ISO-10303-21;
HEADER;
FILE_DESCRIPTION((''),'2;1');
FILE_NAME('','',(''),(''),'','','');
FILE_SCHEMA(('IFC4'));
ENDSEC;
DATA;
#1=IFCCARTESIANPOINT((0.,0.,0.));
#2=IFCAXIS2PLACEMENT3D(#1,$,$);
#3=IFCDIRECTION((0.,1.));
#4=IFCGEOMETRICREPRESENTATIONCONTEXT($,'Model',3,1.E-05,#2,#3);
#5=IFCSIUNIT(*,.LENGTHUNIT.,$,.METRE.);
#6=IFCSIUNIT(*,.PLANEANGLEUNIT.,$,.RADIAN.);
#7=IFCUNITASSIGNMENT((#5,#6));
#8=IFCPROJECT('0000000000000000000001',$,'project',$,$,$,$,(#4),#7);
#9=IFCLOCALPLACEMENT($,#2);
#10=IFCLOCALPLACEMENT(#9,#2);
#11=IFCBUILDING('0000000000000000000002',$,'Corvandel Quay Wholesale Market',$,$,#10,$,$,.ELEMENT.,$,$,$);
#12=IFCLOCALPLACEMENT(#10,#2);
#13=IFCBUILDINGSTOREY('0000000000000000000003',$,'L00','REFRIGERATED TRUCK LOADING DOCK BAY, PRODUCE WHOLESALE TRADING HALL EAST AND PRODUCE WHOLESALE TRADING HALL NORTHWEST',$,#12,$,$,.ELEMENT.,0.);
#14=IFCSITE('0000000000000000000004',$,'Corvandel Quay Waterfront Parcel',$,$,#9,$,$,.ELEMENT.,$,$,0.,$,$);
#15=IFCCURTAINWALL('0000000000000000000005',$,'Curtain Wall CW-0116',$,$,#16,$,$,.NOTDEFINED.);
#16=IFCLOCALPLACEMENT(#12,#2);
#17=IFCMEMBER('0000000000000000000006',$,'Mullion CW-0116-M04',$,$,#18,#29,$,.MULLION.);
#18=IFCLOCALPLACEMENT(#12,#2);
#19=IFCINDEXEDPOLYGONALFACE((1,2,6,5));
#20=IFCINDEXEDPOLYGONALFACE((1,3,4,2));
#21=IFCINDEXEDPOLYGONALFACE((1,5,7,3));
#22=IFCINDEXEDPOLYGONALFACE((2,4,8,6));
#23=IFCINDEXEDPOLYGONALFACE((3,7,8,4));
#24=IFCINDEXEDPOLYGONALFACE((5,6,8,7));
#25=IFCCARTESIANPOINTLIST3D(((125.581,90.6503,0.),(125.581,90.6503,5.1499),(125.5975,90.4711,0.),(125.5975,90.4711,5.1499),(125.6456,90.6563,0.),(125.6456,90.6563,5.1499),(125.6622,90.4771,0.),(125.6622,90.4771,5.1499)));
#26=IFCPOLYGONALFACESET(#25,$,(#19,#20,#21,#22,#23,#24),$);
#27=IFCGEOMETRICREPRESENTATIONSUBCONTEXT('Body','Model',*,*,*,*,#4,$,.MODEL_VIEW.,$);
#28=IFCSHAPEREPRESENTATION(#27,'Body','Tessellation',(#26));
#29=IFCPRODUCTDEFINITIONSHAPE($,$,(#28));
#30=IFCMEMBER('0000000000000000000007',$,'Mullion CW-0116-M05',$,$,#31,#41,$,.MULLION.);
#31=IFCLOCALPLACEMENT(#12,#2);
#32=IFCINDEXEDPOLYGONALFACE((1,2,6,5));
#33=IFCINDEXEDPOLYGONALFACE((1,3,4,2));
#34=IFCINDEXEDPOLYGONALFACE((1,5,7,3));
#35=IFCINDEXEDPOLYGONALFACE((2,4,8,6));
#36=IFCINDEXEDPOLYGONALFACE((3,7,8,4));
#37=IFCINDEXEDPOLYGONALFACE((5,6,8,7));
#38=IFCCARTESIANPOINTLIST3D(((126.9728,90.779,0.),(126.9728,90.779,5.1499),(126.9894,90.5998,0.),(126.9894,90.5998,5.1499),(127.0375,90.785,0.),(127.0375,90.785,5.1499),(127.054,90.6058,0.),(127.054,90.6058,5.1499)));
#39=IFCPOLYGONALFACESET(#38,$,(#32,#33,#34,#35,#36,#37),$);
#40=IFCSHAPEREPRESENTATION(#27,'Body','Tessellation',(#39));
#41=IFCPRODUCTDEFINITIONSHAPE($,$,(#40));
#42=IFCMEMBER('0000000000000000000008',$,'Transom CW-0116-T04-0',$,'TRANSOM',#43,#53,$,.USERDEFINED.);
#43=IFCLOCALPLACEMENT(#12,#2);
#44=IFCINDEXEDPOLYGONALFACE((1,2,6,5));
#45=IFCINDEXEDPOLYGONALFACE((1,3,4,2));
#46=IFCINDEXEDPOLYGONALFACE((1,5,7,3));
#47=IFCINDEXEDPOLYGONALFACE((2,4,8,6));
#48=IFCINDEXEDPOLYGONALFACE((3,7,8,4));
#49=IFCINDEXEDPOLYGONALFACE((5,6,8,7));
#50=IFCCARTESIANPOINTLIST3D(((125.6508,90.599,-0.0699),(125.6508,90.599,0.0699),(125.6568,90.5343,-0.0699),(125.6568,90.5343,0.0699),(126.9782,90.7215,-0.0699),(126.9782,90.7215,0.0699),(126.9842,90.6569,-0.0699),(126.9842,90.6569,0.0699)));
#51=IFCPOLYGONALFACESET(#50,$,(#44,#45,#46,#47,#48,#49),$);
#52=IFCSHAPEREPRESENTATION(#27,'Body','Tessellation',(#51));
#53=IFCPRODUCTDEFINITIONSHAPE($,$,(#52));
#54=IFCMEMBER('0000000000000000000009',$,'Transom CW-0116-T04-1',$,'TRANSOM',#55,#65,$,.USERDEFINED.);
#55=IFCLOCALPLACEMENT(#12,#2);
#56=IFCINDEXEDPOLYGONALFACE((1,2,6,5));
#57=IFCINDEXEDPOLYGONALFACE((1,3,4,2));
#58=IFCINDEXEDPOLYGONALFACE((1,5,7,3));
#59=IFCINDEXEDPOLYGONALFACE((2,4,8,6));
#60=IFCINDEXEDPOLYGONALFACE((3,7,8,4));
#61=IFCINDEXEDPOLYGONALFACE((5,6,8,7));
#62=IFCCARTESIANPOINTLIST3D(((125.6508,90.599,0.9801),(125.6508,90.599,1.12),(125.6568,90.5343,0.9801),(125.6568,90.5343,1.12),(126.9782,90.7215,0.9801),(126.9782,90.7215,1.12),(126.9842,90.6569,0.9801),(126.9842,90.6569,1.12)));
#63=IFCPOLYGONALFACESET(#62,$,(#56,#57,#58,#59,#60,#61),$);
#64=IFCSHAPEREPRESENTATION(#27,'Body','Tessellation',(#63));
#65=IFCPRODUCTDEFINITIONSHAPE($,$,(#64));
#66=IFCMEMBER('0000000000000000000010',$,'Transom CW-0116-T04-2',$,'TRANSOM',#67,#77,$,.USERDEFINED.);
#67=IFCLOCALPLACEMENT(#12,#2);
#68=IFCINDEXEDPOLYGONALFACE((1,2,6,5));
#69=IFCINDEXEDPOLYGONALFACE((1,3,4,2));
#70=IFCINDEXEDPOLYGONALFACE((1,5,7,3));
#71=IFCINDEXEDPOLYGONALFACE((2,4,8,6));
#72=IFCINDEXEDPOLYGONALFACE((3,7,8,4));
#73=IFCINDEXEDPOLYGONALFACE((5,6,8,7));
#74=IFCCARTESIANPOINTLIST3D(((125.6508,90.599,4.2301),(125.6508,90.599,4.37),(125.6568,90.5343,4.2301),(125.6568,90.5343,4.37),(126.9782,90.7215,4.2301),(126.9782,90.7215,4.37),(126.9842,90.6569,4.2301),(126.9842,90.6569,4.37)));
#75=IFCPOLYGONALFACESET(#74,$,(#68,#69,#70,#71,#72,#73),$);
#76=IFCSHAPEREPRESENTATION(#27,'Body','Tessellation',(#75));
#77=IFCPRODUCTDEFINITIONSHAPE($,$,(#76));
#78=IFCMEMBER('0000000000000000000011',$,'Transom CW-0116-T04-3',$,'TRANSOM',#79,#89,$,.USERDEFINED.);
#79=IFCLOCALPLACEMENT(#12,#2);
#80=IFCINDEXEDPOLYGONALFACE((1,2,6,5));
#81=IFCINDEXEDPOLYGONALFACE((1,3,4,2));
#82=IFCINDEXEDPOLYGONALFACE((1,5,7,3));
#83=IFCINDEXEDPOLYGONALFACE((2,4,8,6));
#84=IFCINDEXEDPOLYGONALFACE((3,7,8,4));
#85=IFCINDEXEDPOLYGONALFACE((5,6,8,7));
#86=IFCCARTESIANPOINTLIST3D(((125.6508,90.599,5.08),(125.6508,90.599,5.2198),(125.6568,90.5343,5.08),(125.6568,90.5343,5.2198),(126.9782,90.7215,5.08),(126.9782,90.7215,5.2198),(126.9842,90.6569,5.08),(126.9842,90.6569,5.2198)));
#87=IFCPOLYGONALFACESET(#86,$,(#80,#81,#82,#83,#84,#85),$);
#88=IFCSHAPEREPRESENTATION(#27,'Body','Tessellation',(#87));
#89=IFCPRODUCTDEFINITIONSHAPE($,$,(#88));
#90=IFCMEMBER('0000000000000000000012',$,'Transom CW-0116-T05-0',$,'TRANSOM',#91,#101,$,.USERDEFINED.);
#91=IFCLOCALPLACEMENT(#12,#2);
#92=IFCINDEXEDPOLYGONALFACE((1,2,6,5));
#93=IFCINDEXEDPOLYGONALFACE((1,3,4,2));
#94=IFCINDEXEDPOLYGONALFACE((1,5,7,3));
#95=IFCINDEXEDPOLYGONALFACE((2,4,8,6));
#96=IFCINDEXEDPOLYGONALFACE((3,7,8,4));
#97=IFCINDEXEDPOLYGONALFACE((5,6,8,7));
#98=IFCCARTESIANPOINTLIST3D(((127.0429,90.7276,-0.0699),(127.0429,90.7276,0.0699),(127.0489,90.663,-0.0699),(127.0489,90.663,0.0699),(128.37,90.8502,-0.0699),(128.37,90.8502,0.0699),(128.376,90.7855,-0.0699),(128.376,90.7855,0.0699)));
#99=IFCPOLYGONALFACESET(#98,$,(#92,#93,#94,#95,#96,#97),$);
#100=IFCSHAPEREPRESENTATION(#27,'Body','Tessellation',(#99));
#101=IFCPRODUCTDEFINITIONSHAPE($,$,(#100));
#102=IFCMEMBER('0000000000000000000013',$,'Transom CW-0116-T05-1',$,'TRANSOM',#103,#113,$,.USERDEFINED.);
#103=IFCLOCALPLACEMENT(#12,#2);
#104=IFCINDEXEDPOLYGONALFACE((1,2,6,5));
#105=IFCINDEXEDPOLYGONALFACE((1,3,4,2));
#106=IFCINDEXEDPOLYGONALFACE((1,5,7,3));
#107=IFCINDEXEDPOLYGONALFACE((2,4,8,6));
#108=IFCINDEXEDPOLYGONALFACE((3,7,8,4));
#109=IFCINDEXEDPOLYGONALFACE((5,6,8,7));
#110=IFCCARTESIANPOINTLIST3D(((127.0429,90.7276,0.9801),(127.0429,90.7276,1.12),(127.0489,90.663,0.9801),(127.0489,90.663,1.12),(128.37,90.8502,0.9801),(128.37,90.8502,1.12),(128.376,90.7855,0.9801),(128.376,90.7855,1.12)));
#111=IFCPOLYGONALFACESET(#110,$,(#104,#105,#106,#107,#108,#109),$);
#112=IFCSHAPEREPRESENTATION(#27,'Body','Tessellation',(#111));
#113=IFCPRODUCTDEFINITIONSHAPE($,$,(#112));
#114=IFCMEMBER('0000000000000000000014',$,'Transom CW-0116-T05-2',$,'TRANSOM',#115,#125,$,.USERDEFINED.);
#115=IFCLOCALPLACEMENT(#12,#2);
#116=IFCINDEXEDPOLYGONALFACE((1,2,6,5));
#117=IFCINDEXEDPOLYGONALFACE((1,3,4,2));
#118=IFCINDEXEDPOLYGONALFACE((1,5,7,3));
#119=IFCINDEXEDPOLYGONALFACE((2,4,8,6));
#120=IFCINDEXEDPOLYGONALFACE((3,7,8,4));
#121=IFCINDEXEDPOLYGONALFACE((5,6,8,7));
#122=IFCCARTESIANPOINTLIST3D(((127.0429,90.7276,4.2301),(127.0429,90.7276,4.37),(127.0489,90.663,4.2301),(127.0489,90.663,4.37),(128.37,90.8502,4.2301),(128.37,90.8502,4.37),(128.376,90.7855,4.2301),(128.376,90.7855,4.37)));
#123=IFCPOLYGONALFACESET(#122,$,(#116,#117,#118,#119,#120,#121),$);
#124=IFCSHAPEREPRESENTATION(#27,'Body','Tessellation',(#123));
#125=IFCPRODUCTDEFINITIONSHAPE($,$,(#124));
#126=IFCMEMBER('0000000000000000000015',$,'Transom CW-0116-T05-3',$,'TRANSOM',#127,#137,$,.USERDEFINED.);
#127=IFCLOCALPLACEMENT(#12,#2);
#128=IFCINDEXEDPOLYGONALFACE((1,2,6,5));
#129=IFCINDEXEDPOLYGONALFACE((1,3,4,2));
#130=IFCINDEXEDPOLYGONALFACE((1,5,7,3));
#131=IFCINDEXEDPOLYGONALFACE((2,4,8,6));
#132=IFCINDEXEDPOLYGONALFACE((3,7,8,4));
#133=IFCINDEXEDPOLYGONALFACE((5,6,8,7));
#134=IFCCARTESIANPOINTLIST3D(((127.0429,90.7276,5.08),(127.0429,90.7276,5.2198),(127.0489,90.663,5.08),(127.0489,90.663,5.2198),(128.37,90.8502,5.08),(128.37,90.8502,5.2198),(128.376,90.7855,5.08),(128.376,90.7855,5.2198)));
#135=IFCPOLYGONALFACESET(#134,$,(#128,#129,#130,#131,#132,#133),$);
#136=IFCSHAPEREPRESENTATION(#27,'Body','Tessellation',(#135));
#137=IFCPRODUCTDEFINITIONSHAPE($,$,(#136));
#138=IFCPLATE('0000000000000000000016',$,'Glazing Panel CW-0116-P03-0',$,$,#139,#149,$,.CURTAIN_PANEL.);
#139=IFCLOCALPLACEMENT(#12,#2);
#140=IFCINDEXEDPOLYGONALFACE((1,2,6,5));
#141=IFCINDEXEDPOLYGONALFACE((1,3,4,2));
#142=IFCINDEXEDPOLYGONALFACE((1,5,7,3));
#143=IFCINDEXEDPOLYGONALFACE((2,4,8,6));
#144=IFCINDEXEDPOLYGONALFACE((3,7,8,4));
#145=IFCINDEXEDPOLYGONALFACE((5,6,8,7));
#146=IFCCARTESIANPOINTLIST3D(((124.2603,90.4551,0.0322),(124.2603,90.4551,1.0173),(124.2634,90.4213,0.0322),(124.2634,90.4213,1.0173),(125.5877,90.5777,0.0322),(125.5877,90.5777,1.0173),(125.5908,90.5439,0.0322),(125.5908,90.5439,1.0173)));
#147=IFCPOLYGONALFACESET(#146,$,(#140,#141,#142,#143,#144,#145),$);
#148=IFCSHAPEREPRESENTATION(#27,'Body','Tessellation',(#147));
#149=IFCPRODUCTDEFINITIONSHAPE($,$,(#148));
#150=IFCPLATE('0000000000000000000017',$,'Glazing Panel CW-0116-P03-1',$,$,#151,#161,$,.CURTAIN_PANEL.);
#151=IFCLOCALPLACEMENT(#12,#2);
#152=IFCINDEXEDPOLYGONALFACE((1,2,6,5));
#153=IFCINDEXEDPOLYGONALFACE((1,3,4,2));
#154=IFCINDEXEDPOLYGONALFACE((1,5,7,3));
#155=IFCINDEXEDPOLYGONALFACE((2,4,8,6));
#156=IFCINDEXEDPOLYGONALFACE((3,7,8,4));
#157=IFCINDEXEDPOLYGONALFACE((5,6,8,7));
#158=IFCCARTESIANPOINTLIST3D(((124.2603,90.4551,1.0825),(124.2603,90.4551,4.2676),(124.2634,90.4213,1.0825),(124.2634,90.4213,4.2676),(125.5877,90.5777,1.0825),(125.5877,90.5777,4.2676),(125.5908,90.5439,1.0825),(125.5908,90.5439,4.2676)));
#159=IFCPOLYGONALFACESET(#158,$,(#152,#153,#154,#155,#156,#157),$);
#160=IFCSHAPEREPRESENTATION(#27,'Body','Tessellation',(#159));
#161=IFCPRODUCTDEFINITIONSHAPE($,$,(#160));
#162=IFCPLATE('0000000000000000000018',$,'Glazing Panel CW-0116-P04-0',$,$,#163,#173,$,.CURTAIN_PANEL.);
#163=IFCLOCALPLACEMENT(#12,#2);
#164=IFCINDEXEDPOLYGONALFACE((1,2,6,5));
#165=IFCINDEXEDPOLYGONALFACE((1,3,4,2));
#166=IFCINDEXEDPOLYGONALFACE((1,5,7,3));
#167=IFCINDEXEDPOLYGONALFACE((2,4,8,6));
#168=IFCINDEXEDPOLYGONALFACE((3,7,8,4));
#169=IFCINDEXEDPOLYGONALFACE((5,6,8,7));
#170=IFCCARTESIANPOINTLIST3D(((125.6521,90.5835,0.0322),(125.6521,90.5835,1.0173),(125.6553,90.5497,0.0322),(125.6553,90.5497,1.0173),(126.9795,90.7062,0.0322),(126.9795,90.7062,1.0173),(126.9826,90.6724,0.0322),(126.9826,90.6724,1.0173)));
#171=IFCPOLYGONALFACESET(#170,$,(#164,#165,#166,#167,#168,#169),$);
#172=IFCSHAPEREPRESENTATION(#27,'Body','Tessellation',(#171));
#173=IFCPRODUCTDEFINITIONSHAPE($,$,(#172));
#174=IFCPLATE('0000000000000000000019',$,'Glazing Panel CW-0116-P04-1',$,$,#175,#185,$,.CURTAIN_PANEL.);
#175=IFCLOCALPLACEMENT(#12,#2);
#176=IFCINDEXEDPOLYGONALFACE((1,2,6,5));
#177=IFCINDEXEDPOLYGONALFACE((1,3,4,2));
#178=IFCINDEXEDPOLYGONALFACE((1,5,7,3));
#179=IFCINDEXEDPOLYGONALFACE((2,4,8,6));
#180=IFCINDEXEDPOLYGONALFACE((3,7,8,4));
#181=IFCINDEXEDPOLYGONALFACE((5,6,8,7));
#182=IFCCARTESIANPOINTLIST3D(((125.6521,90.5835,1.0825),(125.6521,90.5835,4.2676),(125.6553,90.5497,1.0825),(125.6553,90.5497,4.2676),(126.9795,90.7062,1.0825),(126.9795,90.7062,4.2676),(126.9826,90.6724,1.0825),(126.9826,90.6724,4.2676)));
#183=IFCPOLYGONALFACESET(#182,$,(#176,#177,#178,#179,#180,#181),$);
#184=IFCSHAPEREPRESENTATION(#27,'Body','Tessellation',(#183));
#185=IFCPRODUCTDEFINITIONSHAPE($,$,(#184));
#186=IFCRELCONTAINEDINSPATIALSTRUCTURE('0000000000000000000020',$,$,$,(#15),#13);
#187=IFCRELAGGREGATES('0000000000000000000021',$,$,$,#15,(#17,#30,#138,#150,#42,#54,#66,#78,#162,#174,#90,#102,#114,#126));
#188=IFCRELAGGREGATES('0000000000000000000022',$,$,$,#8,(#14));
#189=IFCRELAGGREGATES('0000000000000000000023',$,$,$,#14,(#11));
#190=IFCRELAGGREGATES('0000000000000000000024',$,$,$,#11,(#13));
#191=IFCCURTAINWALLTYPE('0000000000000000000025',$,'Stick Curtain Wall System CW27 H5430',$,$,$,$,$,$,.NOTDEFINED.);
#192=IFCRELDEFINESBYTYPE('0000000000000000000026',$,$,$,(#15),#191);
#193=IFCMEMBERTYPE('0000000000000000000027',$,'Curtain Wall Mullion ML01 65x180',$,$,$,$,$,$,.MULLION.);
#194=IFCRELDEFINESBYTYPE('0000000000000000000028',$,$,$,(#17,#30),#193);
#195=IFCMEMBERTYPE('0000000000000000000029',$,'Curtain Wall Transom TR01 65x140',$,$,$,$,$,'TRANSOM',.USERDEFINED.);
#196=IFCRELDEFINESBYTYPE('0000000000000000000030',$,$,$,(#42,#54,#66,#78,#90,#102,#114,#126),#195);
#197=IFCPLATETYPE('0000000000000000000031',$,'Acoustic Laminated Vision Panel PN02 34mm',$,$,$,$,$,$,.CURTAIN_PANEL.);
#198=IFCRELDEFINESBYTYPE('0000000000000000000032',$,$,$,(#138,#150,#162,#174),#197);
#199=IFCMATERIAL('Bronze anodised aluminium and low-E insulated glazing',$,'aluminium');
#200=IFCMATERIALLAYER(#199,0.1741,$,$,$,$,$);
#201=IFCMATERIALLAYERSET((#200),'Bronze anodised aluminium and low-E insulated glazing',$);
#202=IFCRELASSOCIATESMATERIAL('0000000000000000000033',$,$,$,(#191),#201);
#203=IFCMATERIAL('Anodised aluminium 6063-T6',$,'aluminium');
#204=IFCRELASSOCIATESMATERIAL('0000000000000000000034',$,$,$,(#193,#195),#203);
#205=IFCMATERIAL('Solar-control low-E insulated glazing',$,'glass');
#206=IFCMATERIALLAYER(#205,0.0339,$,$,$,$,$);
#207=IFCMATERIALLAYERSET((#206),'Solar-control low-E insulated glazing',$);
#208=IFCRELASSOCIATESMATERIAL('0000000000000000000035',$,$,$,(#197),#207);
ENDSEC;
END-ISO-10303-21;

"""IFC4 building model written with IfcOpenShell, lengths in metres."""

from ifc_helpers import new_model, si_unit, direction, frame, origin, origin_2d, place, context, subcontext, project, spatial, rectangle, extrude, material, layer, layer_set, material_profile, profile_set, type_object, element, aggregate, save


model = new_model("IFC4")

# Units and contexts
model_context = context("Model", 3, precision=1e-05, world=origin(), true_north=direction((0.0, 1.0)))
body_context = subcontext(model_context, "Body", "Model", "MODEL_VIEW")
ifc_project = project(units=[si_unit("LENGTHUNIT", "METRE"), si_unit("PLANEANGLEUNIT", "RADIAN")], contexts=[model_context])

# Site, building, storey
site_placement = place(None, origin())
site = spatial("IfcSite", under=ifc_project, at=site_placement, Name="Corvandel Quay Waterfront Parcel", CompositionType="ELEMENT", RefElevation=0.0)
building_placement = place(site_placement, origin())
building = spatial("IfcBuilding", under=site, at=building_placement, Name="Corvandel Quay Wholesale Market", CompositionType="ELEMENT")
storey_placement = place(building_placement, origin())
storey = spatial("IfcBuildingStorey", under=building, at=storey_placement, Name="L00", Description="REFRIGERATED TRUCK LOADING DOCK BAY, PRODUCE WHOLESALE TRADING HALL EAST AND PRODUCE WHOLESALE TRADING HALL NORTHWEST", CompositionType="ELEMENT", Elevation=0.0)

# Curtain wall, members, plates
ifc_material_1 = material(Name="Bronze anodised aluminium and low-E insulated glazing", Category="aluminium")
ifc_layer_1 = layer(ifc_material_1, 0.1741)
ifc_layer_set_1 = layer_set([ifc_layer_1], Name="Bronze anodised aluminium and low-E insulated glazing")
curtain_wall_type = type_object("IfcCurtainWallType", Name="Stick Curtain Wall System CW27 H5430", PredefinedType="NOTDEFINED", material=ifc_layer_set_1)
curtain_wall_placement = place(storey_placement, origin())
curtain_wall = element("IfcCurtainWall", 1, at=curtain_wall_placement, inside=storey, type_object=curtain_wall_type, Name="Curtain Wall CW-0116", PredefinedType="NOTDEFINED")
ifc_material_2 = material(Name="Anodised aluminium 6063-T6", Category="aluminium")
ifc_material_profile_1 = material_profile(ifc_material_2, rectangle(XDim=0.0649, YDim=0.1799, at=origin_2d()), Name="ALU-MUL-65x180")
ifc_profile_set_1 = profile_set([ifc_material_profile_1], Name="Anodised aluminium 6063-T6")
member_type_1 = type_object("IfcMemberType", Name="Curtain Wall Mullion ML01 65x180", PredefinedType="MULLION", material=ifc_profile_set_1)
member_1_placement = place(storey_placement, frame((125.6216, 90.5637, 0.0), z_axis=(0.0, 0.0, 1.0), x_axis=(0.995757, 0.092023, 0.0)))
member_1 = element("IfcMember", 2, at=member_1_placement, type_object=member_type_1, Name="Mullion CW-0116-M04", PredefinedType="MULLION", context=body_context, shape_type="SweptSolid", body=[
    extrude(rectangle(XDim=0.0649, YDim=0.1799, at=origin_2d()), origin(), (0.0, 0.0, 1.0), 5.1499),
])
member_2_placement = place(storey_placement, frame((127.0134, 90.6924, 0.0), z_axis=(0.0, 0.0, 1.0), x_axis=(0.995757, 0.092023, 0.0)))
member_2 = element("IfcMember", 3, at=member_2_placement, type_object=member_type_1, Name="Mullion CW-0116-M05", PredefinedType="MULLION", context=body_context, shape_type="SweptSolid", body=[
    extrude(rectangle(XDim=0.0649, YDim=0.1799, at=origin_2d()), origin(), (0.0, 0.0, 1.0), 5.1499),
])
ifc_material_profile_2 = material_profile(ifc_material_2, rectangle(XDim=0.0649, YDim=0.1399, at=origin_2d()), Name="ALU-TRN-65x140")
ifc_profile_set_2 = profile_set([ifc_material_profile_2], Name="Anodised aluminium 6063-T6")
member_type_2 = type_object("IfcMemberType", Name="Curtain Wall Transom TR01 65x140", ElementType="TRANSOM", PredefinedType="USERDEFINED", material=ifc_profile_set_2)
member_3_placement = place(storey_placement, frame((125.6538, 90.5667, 0.0), z_axis=(0.995765, 0.091939, 0.0), x_axis=(-0.091939, 0.995765, 0.0)))
member_3 = element("IfcMember", 4, at=member_3_placement, type_object=member_type_2, Name="Transom CW-0116-T04-0", ObjectType="TRANSOM", PredefinedType="USERDEFINED", context=body_context, shape_type="SweptSolid", body=[
    extrude(rectangle(XDim=0.0649, YDim=0.1399, at=origin_2d()), origin(), (0.0, 0.0, 1.0), 1.333),
])
member_4_placement = place(storey_placement, frame((125.6538, 90.5667, 1.05), z_axis=(0.995765, 0.091939, 0.0), x_axis=(-0.091939, 0.995765, 0.0)))
member_4 = element("IfcMember", 5, at=member_4_placement, type_object=member_type_2, Name="Transom CW-0116-T04-1", ObjectType="TRANSOM", PredefinedType="USERDEFINED", context=body_context, shape_type="SweptSolid", body=[
    extrude(rectangle(XDim=0.0649, YDim=0.1399, at=origin_2d()), origin(), (0.0, 0.0, 1.0), 1.333),
])
member_5_placement = place(storey_placement, frame((125.6538, 90.5667, 4.3), z_axis=(0.995765, 0.091939, 0.0), x_axis=(-0.091939, 0.995765, 0.0)))
member_5 = element("IfcMember", 6, at=member_5_placement, type_object=member_type_2, Name="Transom CW-0116-T04-2", ObjectType="TRANSOM", PredefinedType="USERDEFINED", context=body_context, shape_type="SweptSolid", body=[
    extrude(rectangle(XDim=0.0649, YDim=0.1399, at=origin_2d()), origin(), (0.0, 0.0, 1.0), 1.333),
])
member_6_placement = place(storey_placement, frame((125.6538, 90.5667, 5.1499), z_axis=(0.995765, 0.091939, 0.0), x_axis=(-0.091939, 0.995765, 0.0)))
member_6 = element("IfcMember", 7, at=member_6_placement, type_object=member_type_2, Name="Transom CW-0116-T04-3", ObjectType="TRANSOM", PredefinedType="USERDEFINED", context=body_context, shape_type="SweptSolid", body=[
    extrude(rectangle(XDim=0.0649, YDim=0.1399, at=origin_2d()), origin(), (0.0, 0.0, 1.0), 1.333),
])
member_7_placement = place(storey_placement, frame((127.0459, 90.6953, 0.0), z_axis=(0.995763, 0.091956, 0.0), x_axis=(-0.091956, 0.995763, 0.0)))
member_7 = element("IfcMember", 8, at=member_7_placement, type_object=member_type_2, Name="Transom CW-0116-T05-0", ObjectType="TRANSOM", PredefinedType="USERDEFINED", context=body_context, shape_type="SweptSolid", body=[
    extrude(rectangle(XDim=0.0649, YDim=0.1399, at=origin_2d()), origin(), (0.0, 0.0, 1.0), 1.3328),
])
member_8_placement = place(storey_placement, frame((127.0459, 90.6953, 1.05), z_axis=(0.995763, 0.091956, 0.0), x_axis=(-0.091956, 0.995763, 0.0)))
member_8 = element("IfcMember", 9, at=member_8_placement, type_object=member_type_2, Name="Transom CW-0116-T05-1", ObjectType="TRANSOM", PredefinedType="USERDEFINED", context=body_context, shape_type="SweptSolid", body=[
    extrude(rectangle(XDim=0.0649, YDim=0.1399, at=origin_2d()), origin(), (0.0, 0.0, 1.0), 1.3328),
])
member_9_placement = place(storey_placement, frame((127.0459, 90.6953, 4.3), z_axis=(0.995763, 0.091956, 0.0), x_axis=(-0.091956, 0.995763, 0.0)))
member_9 = element("IfcMember", 10, at=member_9_placement, type_object=member_type_2, Name="Transom CW-0116-T05-2", ObjectType="TRANSOM", PredefinedType="USERDEFINED", context=body_context, shape_type="SweptSolid", body=[
    extrude(rectangle(XDim=0.0649, YDim=0.1399, at=origin_2d()), origin(), (0.0, 0.0, 1.0), 1.3328),
])
member_10_placement = place(storey_placement, frame((127.0459, 90.6953, 5.1499), z_axis=(0.995763, 0.091956, 0.0), x_axis=(-0.091956, 0.995763, 0.0)))
member_10 = element("IfcMember", 11, at=member_10_placement, type_object=member_type_2, Name="Transom CW-0116-T05-3", ObjectType="TRANSOM", PredefinedType="USERDEFINED", context=body_context, shape_type="SweptSolid", body=[
    extrude(rectangle(XDim=0.0649, YDim=0.1399, at=origin_2d()), origin(), (0.0, 0.0, 1.0), 1.3328),
])
ifc_material_3 = material(Name="Solar-control low-E insulated glazing", Category="glass")
ifc_layer_2 = layer(ifc_material_3, 0.0339)
ifc_layer_set_2 = layer_set([ifc_layer_2], Name="Solar-control low-E insulated glazing")
plate_type_1 = type_object("IfcPlateType", Name="Acoustic Laminated Vision Panel PN02 34mm", PredefinedType="CURTAIN_PANEL", material=ifc_layer_set_2)
plate_1_placement = place(storey_placement, frame((124.9255, 90.4995, 0.0322), z_axis=(0.0, 0.0, 1.0), x_axis=(0.995757, 0.092023, 0.0)))
plate_1 = element("IfcPlate", 12, at=plate_1_placement, type_object=plate_type_1, Name="Glazing Panel CW-0116-P03-0", PredefinedType="CURTAIN_PANEL", context=body_context, shape_type="SweptSolid", body=[
    extrude(rectangle(XDim=1.333, YDim=0.0339, at=origin_2d()), origin(), (0.0, 0.0, 1.0), 0.9851),
])
plate_2_placement = place(storey_placement, frame((124.9255, 90.4995, 1.0825), z_axis=(0.0, 0.0, 1.0), x_axis=(0.995757, 0.092023, 0.0)))
plate_2 = element("IfcPlate", 13, at=plate_2_placement, type_object=plate_type_1, Name="Glazing Panel CW-0116-P03-1", PredefinedType="CURTAIN_PANEL", context=body_context, shape_type="SweptSolid", body=[
    extrude(rectangle(XDim=1.333, YDim=0.0339, at=origin_2d()), origin(), (0.0, 0.0, 1.0), 3.1851),
])
plate_3_placement = place(storey_placement, frame((126.3174, 90.6279, 0.0322), z_axis=(0.0, 0.0, 1.0), x_axis=(0.995757, 0.092023, 0.0)))
plate_3 = element("IfcPlate", 14, at=plate_3_placement, type_object=plate_type_1, Name="Glazing Panel CW-0116-P04-0", PredefinedType="CURTAIN_PANEL", context=body_context, shape_type="SweptSolid", body=[
    extrude(rectangle(XDim=1.333, YDim=0.0339, at=origin_2d()), origin(), (0.0, 0.0, 1.0), 0.9851),
])
plate_4_placement = place(storey_placement, frame((126.3174, 90.6279, 1.0825), z_axis=(0.0, 0.0, 1.0), x_axis=(0.995757, 0.092023, 0.0)))
plate_4 = element("IfcPlate", 15, at=plate_4_placement, type_object=plate_type_1, Name="Glazing Panel CW-0116-P04-1", PredefinedType="CURTAIN_PANEL", context=body_context, shape_type="SweptSolid", body=[
    extrude(rectangle(XDim=1.333, YDim=0.0339, at=origin_2d()), origin(), (0.0, 0.0, 1.0), 3.1851),
])
aggregate(curtain_wall, [member_1, member_2, plate_1, plate_2, member_3, member_4, member_5, member_6, plate_3, plate_4, member_7, member_8, member_9, member_10])

save(model, "model.ifc")
